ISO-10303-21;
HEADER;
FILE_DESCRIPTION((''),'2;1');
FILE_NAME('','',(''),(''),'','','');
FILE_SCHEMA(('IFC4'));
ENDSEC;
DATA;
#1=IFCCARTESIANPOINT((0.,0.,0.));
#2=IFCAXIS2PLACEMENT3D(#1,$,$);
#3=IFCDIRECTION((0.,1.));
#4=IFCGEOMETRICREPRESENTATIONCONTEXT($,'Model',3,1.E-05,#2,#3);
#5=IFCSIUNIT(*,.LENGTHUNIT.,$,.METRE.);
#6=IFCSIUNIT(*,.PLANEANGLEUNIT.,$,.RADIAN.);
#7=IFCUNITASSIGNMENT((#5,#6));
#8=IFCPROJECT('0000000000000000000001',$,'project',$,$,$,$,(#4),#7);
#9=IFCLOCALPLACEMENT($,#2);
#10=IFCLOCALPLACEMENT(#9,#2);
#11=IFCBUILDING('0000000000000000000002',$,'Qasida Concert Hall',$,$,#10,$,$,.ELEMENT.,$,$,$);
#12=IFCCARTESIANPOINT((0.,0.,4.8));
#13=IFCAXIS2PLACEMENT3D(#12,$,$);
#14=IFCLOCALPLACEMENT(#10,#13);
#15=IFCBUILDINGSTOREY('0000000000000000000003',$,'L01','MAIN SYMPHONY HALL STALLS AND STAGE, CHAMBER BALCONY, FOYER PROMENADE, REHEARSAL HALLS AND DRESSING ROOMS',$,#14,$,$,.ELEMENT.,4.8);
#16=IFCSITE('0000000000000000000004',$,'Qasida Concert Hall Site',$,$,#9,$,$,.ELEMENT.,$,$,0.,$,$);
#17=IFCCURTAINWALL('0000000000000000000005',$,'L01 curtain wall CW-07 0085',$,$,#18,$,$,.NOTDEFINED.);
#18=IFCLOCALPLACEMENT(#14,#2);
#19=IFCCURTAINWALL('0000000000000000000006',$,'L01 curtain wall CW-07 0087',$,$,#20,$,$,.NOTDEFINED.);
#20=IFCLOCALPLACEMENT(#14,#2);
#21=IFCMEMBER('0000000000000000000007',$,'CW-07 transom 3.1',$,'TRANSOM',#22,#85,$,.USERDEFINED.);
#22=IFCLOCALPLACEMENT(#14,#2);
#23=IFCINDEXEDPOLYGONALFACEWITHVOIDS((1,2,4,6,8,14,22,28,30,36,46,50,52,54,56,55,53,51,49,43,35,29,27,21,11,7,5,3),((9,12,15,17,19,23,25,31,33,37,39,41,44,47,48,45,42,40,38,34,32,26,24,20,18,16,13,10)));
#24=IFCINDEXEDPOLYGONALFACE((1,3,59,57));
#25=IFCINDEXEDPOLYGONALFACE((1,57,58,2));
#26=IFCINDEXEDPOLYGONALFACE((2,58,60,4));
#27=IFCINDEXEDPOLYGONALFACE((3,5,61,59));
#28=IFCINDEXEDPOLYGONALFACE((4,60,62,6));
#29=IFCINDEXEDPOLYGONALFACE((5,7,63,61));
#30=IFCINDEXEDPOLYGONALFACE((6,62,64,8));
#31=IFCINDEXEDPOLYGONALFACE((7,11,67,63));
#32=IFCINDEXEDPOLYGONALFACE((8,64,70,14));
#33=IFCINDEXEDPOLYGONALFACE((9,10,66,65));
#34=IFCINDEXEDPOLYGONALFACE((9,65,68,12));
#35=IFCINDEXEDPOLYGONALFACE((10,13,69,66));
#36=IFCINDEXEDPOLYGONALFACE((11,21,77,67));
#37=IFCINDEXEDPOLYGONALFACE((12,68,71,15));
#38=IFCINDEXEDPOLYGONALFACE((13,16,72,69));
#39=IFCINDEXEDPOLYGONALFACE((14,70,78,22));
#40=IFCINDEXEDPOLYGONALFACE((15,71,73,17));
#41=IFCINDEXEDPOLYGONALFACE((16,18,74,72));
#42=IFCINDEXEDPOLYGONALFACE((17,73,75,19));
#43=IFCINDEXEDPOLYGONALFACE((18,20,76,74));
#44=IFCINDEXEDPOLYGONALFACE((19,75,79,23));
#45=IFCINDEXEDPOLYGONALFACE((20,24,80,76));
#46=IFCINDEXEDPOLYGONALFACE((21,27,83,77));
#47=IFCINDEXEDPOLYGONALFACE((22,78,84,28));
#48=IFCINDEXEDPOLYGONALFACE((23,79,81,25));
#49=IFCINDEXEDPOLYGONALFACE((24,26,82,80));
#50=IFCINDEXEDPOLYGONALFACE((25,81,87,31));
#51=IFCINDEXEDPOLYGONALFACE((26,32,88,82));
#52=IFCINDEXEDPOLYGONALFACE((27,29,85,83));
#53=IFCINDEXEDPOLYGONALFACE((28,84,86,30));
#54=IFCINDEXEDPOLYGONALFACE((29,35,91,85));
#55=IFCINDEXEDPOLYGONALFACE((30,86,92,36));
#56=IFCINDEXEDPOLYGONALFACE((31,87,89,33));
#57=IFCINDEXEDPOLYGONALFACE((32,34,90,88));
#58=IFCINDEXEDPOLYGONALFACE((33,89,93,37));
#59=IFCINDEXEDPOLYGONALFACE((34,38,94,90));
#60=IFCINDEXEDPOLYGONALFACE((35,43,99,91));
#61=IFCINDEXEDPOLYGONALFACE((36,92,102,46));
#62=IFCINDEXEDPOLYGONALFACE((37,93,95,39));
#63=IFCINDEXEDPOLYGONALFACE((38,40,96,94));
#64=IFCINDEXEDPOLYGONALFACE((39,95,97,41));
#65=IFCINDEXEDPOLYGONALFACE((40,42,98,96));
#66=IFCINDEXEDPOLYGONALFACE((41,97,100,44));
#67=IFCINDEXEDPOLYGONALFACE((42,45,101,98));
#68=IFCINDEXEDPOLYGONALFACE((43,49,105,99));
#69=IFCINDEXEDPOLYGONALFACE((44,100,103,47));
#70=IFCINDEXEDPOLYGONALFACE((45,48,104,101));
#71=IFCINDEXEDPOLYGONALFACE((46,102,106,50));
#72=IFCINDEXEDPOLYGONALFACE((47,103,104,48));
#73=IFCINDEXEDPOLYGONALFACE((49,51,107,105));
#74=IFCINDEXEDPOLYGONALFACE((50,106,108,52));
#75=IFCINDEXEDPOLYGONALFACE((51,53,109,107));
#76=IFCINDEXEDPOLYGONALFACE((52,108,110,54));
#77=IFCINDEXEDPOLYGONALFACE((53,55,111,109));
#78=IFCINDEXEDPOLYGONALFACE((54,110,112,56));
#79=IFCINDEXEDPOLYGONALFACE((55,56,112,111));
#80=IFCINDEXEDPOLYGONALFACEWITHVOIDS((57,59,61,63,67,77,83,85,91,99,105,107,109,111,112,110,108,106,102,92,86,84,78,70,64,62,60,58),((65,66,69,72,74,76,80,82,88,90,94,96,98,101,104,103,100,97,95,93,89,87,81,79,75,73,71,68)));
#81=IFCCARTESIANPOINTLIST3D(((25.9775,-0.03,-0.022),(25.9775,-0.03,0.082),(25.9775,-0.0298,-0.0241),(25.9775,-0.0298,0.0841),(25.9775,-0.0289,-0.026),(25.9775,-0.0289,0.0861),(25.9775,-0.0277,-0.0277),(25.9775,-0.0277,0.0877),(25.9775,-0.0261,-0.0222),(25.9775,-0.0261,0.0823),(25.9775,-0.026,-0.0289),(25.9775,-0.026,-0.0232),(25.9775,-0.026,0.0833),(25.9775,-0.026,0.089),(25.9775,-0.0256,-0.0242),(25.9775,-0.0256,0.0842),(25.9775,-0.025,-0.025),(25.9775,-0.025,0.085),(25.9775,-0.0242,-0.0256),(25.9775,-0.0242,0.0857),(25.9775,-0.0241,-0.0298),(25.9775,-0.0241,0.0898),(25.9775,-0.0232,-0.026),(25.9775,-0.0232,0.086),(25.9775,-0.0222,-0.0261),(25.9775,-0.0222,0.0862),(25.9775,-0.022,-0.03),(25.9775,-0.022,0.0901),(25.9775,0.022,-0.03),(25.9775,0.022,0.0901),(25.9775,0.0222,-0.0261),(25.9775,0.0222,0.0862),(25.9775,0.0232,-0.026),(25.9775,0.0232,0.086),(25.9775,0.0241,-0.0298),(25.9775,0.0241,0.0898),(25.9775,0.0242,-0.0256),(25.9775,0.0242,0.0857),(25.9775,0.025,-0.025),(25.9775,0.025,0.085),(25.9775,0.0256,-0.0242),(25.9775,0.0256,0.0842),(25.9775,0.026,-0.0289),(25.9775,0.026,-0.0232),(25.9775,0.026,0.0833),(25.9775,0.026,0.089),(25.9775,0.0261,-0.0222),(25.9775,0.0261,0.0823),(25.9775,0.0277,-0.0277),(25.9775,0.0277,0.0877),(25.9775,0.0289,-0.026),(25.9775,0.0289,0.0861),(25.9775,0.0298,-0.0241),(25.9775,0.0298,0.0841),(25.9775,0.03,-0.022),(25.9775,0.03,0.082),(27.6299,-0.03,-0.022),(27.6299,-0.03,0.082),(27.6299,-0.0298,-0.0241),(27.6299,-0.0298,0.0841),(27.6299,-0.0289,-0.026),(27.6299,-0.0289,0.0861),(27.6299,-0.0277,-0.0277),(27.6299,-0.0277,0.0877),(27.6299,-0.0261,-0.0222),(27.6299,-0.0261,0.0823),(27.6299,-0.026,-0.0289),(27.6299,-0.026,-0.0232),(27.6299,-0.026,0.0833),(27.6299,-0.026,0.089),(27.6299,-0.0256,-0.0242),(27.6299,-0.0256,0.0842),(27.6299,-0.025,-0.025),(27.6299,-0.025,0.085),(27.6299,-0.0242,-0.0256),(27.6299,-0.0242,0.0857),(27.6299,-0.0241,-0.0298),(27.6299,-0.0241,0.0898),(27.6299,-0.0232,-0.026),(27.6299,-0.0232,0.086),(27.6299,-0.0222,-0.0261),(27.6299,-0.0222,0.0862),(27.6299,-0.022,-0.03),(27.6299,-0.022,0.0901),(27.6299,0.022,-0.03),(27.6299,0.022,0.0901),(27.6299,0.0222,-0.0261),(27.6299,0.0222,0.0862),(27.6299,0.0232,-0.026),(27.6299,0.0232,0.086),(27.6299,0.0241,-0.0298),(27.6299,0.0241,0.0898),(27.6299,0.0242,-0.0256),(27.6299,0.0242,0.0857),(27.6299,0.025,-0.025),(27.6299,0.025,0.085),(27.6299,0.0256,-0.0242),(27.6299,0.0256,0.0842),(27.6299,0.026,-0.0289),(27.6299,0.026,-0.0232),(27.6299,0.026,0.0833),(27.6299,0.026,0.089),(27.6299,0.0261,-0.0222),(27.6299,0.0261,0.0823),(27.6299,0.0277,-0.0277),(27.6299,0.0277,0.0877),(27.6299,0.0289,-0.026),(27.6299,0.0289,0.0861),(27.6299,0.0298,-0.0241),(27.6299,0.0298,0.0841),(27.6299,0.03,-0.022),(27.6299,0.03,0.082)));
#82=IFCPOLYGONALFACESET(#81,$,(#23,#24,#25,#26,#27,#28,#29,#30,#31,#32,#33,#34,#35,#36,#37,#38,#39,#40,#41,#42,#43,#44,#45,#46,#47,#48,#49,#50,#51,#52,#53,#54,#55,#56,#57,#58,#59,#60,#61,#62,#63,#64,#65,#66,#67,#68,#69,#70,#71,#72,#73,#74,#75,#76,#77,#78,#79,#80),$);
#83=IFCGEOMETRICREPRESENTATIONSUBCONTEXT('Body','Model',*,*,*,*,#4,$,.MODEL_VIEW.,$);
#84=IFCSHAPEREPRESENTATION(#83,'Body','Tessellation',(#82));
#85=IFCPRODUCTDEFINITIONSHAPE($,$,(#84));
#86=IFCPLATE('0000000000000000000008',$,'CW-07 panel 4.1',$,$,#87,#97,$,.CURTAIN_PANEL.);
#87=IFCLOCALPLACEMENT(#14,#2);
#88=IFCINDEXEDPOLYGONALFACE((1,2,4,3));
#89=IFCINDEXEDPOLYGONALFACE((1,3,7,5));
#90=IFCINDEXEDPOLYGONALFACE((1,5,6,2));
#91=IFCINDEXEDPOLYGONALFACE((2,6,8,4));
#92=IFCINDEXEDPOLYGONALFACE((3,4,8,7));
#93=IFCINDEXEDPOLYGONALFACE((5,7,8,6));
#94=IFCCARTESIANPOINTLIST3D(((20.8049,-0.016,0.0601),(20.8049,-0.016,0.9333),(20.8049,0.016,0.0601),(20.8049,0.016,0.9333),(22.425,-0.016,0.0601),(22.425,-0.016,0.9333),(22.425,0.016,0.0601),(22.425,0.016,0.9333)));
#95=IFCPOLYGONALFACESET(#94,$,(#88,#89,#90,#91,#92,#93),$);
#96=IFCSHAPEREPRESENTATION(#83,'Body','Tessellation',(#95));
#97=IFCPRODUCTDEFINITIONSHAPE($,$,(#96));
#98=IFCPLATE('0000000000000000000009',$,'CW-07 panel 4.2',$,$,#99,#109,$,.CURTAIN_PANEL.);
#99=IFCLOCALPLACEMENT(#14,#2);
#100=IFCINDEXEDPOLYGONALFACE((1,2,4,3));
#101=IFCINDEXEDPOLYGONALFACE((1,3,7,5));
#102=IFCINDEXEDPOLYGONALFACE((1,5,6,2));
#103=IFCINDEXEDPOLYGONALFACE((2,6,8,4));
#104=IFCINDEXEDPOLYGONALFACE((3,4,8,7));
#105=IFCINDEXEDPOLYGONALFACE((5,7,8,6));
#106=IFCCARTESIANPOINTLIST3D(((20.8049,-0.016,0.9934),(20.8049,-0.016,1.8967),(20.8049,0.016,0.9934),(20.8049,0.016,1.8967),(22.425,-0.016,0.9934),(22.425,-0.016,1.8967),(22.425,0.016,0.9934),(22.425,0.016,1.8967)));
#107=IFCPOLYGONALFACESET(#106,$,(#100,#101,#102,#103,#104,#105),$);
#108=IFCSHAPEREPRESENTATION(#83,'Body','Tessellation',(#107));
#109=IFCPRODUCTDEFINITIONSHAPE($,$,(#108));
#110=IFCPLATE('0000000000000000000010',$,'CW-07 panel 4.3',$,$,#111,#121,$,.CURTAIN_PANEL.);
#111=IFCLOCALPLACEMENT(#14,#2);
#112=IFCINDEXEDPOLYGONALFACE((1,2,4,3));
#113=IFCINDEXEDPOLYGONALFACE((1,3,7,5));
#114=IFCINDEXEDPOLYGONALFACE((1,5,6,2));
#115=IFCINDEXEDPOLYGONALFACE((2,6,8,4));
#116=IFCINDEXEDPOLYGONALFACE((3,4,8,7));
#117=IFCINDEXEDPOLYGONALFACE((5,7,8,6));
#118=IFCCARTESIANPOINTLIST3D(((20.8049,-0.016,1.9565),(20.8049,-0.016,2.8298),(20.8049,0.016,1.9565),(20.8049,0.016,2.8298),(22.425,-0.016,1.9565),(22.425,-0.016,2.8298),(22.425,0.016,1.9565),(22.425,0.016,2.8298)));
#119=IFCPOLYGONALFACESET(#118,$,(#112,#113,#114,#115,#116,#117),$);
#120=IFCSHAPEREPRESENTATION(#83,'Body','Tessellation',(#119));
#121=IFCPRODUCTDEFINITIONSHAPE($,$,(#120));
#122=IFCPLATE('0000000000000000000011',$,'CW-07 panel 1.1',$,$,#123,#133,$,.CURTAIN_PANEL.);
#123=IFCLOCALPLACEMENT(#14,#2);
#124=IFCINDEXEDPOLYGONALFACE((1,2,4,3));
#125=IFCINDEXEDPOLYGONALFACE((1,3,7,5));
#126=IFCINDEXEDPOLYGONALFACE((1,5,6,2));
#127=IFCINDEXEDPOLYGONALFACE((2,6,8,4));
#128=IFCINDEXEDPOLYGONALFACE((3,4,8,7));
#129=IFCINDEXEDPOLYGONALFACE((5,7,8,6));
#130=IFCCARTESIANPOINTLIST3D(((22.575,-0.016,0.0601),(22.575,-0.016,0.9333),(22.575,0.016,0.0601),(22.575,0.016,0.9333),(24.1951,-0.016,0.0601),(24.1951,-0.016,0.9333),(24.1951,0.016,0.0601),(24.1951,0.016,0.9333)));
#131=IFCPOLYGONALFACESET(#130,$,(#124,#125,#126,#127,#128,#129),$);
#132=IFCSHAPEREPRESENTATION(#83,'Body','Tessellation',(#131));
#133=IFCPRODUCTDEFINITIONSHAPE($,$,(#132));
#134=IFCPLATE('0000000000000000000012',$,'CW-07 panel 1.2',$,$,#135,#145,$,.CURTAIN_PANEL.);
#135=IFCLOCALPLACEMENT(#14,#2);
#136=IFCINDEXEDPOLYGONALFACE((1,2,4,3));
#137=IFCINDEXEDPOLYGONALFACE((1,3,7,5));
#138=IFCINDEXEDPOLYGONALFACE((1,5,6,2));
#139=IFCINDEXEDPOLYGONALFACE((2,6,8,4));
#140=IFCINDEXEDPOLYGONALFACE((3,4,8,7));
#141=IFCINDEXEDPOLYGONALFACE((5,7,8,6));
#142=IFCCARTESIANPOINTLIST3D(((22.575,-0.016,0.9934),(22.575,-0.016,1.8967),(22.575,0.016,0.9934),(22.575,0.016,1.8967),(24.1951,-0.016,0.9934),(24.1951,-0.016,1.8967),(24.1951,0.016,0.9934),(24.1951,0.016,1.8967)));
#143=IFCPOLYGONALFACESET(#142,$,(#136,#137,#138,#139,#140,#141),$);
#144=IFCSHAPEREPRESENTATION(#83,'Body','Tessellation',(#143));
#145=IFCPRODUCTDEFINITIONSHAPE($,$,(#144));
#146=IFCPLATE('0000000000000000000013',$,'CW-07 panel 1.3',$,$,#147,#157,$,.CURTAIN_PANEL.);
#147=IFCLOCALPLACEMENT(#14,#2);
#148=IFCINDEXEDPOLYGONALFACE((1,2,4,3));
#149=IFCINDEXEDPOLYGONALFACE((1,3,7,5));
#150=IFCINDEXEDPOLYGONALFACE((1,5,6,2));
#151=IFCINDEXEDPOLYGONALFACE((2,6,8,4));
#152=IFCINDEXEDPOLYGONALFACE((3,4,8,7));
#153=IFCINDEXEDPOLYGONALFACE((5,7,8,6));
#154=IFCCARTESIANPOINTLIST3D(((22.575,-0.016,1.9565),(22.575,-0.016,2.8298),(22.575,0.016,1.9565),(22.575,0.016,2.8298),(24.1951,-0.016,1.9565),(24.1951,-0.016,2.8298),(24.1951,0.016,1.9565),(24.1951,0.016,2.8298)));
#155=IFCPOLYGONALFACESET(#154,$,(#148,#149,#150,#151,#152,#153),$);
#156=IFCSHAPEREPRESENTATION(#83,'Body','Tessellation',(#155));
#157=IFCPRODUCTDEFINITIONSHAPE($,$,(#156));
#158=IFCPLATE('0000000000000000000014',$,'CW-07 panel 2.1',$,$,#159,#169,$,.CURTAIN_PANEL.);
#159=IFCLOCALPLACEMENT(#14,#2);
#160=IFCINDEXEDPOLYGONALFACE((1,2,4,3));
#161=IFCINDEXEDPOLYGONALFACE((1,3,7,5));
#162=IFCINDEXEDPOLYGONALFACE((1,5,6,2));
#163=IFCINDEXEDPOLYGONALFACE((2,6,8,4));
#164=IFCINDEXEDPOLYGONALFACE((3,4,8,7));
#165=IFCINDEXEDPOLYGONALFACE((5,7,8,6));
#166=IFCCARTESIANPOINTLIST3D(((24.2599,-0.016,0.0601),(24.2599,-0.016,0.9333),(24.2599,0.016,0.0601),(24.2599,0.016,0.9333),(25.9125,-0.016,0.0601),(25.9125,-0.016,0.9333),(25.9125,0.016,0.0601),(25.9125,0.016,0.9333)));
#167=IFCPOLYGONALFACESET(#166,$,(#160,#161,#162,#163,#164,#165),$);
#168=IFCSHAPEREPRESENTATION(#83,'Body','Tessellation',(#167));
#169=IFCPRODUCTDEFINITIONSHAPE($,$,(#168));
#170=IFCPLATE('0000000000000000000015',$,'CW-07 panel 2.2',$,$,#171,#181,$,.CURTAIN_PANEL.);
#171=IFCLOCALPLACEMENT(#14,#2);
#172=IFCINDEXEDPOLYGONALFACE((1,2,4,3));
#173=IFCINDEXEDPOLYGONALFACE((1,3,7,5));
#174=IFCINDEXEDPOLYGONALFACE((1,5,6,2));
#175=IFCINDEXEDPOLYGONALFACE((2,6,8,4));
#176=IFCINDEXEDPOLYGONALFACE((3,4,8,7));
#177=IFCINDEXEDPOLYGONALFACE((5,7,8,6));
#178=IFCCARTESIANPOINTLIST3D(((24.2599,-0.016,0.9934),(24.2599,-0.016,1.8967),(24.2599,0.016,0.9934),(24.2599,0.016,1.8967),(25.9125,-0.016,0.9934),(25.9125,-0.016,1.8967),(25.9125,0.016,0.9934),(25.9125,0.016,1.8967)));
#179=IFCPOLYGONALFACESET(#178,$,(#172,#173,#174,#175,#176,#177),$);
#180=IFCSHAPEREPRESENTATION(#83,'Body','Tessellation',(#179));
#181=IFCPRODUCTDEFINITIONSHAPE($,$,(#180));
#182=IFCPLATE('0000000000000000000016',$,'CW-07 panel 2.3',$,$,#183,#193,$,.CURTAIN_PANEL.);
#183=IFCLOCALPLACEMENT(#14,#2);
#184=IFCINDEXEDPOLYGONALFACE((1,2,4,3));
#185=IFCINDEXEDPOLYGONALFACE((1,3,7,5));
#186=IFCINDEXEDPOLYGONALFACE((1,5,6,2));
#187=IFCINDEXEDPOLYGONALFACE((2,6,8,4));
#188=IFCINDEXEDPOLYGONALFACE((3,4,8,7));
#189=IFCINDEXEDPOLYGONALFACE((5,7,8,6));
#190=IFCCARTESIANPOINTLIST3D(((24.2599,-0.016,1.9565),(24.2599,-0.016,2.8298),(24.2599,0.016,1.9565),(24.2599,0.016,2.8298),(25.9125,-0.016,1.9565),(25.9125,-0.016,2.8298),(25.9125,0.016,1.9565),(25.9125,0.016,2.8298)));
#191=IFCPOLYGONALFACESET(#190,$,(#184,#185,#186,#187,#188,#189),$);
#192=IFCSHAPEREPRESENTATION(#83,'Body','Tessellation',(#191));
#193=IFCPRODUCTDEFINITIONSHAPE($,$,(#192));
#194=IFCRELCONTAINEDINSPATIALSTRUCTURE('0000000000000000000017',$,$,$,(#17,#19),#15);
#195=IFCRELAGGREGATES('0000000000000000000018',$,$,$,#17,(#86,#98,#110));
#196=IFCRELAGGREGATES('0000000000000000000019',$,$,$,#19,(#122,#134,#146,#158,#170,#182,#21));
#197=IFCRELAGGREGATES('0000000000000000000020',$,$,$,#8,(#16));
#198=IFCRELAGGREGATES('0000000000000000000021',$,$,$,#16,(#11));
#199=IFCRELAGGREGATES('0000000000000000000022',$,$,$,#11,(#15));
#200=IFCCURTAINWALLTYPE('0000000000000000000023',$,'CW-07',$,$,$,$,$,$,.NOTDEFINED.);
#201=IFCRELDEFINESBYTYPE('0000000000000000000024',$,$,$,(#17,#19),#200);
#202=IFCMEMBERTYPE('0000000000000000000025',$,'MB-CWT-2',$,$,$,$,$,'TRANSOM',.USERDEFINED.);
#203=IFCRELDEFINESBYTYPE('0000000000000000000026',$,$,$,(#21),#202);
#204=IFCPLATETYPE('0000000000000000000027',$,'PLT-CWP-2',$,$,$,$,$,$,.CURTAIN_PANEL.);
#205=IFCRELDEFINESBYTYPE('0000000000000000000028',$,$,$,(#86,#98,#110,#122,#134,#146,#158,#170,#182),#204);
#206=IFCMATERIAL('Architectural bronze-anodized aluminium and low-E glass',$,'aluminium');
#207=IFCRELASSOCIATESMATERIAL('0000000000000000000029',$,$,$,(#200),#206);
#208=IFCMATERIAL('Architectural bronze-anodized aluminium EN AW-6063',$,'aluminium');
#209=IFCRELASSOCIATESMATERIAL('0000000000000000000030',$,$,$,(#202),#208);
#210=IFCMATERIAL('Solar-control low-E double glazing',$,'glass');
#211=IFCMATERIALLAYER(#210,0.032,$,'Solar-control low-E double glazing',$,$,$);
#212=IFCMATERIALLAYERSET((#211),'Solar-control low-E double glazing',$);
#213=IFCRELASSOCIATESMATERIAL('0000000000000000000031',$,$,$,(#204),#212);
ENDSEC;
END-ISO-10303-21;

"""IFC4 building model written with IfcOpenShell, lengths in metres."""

from ifc_helpers import new_model, si_unit, direction, frame, origin, origin_2d, place, context, subcontext, project, spatial, rectangle, hollow_rectangle, extrude, material, layer, layer_set, material_profile, profile_set, type_object, element, aggregate, save


model = new_model("IFC4")

# Units and contexts
model_context = context("Model", 3, precision=1e-05, world=origin(), true_north=direction((0.0, 1.0)))
body_context = subcontext(model_context, "Body", "Model", "MODEL_VIEW")
ifc_project = project(units=[si_unit("LENGTHUNIT", "METRE"), si_unit("PLANEANGLEUNIT", "RADIAN")], contexts=[model_context])

# Site, building, storey
site_placement = place(None, origin())
site = spatial("IfcSite", under=ifc_project, at=site_placement, Name="Qasida Concert Hall Site", CompositionType="ELEMENT", RefElevation=0.0)
building_placement = place(site_placement, origin())
building = spatial("IfcBuilding", under=site, at=building_placement, Name="Qasida Concert Hall", CompositionType="ELEMENT")
storey_placement = place(building_placement, frame((0.0, 0.0, 4.8)))
storey = spatial("IfcBuildingStorey", under=building, at=storey_placement, Name="L01", Description="MAIN SYMPHONY HALL STALLS AND STAGE, CHAMBER BALCONY, FOYER PROMENADE, REHEARSAL HALLS AND DRESSING ROOMS", CompositionType="ELEMENT", Elevation=4.8)

# Curtain wall
ifc_material_1 = material(Name="Architectural bronze-anodized aluminium and low-E glass", Category="aluminium")
curtain_wall_type = type_object("IfcCurtainWallType", Name="CW-07", PredefinedType="NOTDEFINED", material=ifc_material_1)
curtain_wall_1_placement = place(storey_placement, origin())
curtain_wall_1 = element("IfcCurtainWall", 1, at=curtain_wall_1_placement, inside=storey, type_object=curtain_wall_type, Name="L01 curtain wall CW-07 0085", PredefinedType="NOTDEFINED")
ifc_material_2 = material(Name="Architectural bronze-anodized aluminium EN AW-6063", Category="aluminium")

# Curtain wall, member
curtain_wall_2_placement = place(storey_placement, origin())
curtain_wall_2 = element("IfcCurtainWall", 2, at=curtain_wall_2_placement, inside=storey, type_object=curtain_wall_type, Name="L01 curtain wall CW-07 0087", PredefinedType="NOTDEFINED")
ifc_material_profile_1 = material_profile(ifc_material_2, hollow_rectangle(XDim=0.0601, YDim=0.1201, WallThickness=0.0039, InnerFilletRadius=0.0039, OuterFilletRadius=0.0081, at=origin_2d()), Name="CWT 120x60x4")
ifc_profile_set_1 = profile_set([ifc_material_profile_1], Name="Architectural bronze-anodized aluminium EN AW-6063")
member_type_1 = type_object("IfcMemberType", Name="MB-CWT-2", ElementType="TRANSOM", PredefinedType="USERDEFINED", material=ifc_profile_set_1)
member_1_placement = place(storey_placement, frame((25.9775, 0.0, 0.03), z_axis=(1.0, 0.0, 0.0), x_axis=(0.0, 1.0, 0.0)))
member_1 = element("IfcMember", 3, at=member_1_placement, type_object=member_type_1, Name="CW-07 transom 3.1", ObjectType="TRANSOM", PredefinedType="USERDEFINED", context=body_context, shape_type="SweptSolid", body=[
    extrude(hollow_rectangle(XDim=0.0601, YDim=0.1201, WallThickness=0.0039, InnerFilletRadius=0.0039, OuterFilletRadius=0.0081, at=origin_2d()), origin(), (0.0, 0.0, 1.0), 1.6523),
])

# Plates
ifc_material_3 = material(Name="Solar-control low-E double glazing", Category="glass")
ifc_layer_1 = layer(ifc_material_3, 0.032, Name="Solar-control low-E double glazing")
ifc_layer_set_1 = layer_set([ifc_layer_1], Name="Solar-control low-E double glazing")
plate_type = type_object("IfcPlateType", Name="PLT-CWP-2", PredefinedType="CURTAIN_PANEL", material=ifc_layer_set_1)
plate_1_placement = place(storey_placement, frame((21.615, 0.0, 0.0601), z_axis=(0.0, 0.0, 1.0), x_axis=(1.0, 0.0, 0.0)))
plate_1 = element("IfcPlate", 4, at=plate_1_placement, type_object=plate_type, Name="CW-07 panel 4.1", PredefinedType="CURTAIN_PANEL", context=body_context, shape_type="SweptSolid", body=[
    extrude(rectangle(XDim=1.6201, YDim=0.032, at=origin_2d()), origin(), (0.0, 0.0, 1.0), 0.8733),
])
plate_2_placement = place(storey_placement, frame((21.615, 0.0, 0.9934), z_axis=(0.0, 0.0, 1.0), x_axis=(1.0, 0.0, 0.0)))
plate_2 = element("IfcPlate", 5, at=plate_2_placement, type_object=plate_type, Name="CW-07 panel 4.2", PredefinedType="CURTAIN_PANEL", context=body_context, shape_type="SweptSolid", body=[
    extrude(rectangle(XDim=1.6201, YDim=0.032, at=origin_2d()), origin(), (0.0, 0.0, 1.0), 0.9033),
])
plate_3_placement = place(storey_placement, frame((21.615, 0.0, 1.9565), z_axis=(0.0, 0.0, 1.0), x_axis=(1.0, 0.0, 0.0)))
plate_3 = element("IfcPlate", 6, at=plate_3_placement, type_object=plate_type, Name="CW-07 panel 4.3", PredefinedType="CURTAIN_PANEL", context=body_context, shape_type="SweptSolid", body=[
    extrude(rectangle(XDim=1.6201, YDim=0.032, at=origin_2d()), origin(), (0.0, 0.0, 1.0), 0.8733),
])
aggregate(curtain_wall_1, [plate_1, plate_2, plate_3])
plate_4_placement = place(storey_placement, frame((23.385, 0.0, 0.0601), z_axis=(0.0, 0.0, 1.0), x_axis=(1.0, 0.0, 0.0)))
plate_4 = element("IfcPlate", 7, at=plate_4_placement, type_object=plate_type, Name="CW-07 panel 1.1", PredefinedType="CURTAIN_PANEL", context=body_context, shape_type="SweptSolid", body=[
    extrude(rectangle(XDim=1.6201, YDim=0.032, at=origin_2d()), origin(), (0.0, 0.0, 1.0), 0.8733),
])
plate_5_placement = place(storey_placement, frame((23.385, 0.0, 0.9934), z_axis=(0.0, 0.0, 1.0), x_axis=(1.0, 0.0, 0.0)))
plate_5 = element("IfcPlate", 8, at=plate_5_placement, type_object=plate_type, Name="CW-07 panel 1.2", PredefinedType="CURTAIN_PANEL", context=body_context, shape_type="SweptSolid", body=[
    extrude(rectangle(XDim=1.6201, YDim=0.032, at=origin_2d()), origin(), (0.0, 0.0, 1.0), 0.9033),
])
plate_6_placement = place(storey_placement, frame((23.385, 0.0, 1.9565), z_axis=(0.0, 0.0, 1.0), x_axis=(1.0, 0.0, 0.0)))
plate_6 = element("IfcPlate", 9, at=plate_6_placement, type_object=plate_type, Name="CW-07 panel 1.3", PredefinedType="CURTAIN_PANEL", context=body_context, shape_type="SweptSolid", body=[
    extrude(rectangle(XDim=1.6201, YDim=0.032, at=origin_2d()), origin(), (0.0, 0.0, 1.0), 0.8733),
])
plate_7_placement = place(storey_placement, frame((25.0862, 0.0, 0.0601), z_axis=(0.0, 0.0, 1.0), x_axis=(1.0, 0.0, 0.0)))
plate_7 = element("IfcPlate", 10, at=plate_7_placement, type_object=plate_type, Name="CW-07 panel 2.1", PredefinedType="CURTAIN_PANEL", context=body_context, shape_type="SweptSolid", body=[
    extrude(rectangle(XDim=1.6526, YDim=0.032, at=origin_2d()), origin(), (0.0, 0.0, 1.0), 0.8733),
])
plate_8_placement = place(storey_placement, frame((25.0862, 0.0, 0.9934), z_axis=(0.0, 0.0, 1.0), x_axis=(1.0, 0.0, 0.0)))
plate_8 = element("IfcPlate", 11, at=plate_8_placement, type_object=plate_type, Name="CW-07 panel 2.2", PredefinedType="CURTAIN_PANEL", context=body_context, shape_type="SweptSolid", body=[
    extrude(rectangle(XDim=1.6526, YDim=0.032, at=origin_2d()), origin(), (0.0, 0.0, 1.0), 0.9033),
])
plate_9_placement = place(storey_placement, frame((25.0862, 0.0, 1.9565), z_axis=(0.0, 0.0, 1.0), x_axis=(1.0, 0.0, 0.0)))
plate_9 = element("IfcPlate", 12, at=plate_9_placement, type_object=plate_type, Name="CW-07 panel 2.3", PredefinedType="CURTAIN_PANEL", context=body_context, shape_type="SweptSolid", body=[
    extrude(rectangle(XDim=1.6526, YDim=0.032, at=origin_2d()), origin(), (0.0, 0.0, 1.0), 0.8733),
])
aggregate(curtain_wall_2, [plate_4, plate_5, plate_6, plate_7, plate_8, plate_9, member_1])

save(model, "model.ifc")
